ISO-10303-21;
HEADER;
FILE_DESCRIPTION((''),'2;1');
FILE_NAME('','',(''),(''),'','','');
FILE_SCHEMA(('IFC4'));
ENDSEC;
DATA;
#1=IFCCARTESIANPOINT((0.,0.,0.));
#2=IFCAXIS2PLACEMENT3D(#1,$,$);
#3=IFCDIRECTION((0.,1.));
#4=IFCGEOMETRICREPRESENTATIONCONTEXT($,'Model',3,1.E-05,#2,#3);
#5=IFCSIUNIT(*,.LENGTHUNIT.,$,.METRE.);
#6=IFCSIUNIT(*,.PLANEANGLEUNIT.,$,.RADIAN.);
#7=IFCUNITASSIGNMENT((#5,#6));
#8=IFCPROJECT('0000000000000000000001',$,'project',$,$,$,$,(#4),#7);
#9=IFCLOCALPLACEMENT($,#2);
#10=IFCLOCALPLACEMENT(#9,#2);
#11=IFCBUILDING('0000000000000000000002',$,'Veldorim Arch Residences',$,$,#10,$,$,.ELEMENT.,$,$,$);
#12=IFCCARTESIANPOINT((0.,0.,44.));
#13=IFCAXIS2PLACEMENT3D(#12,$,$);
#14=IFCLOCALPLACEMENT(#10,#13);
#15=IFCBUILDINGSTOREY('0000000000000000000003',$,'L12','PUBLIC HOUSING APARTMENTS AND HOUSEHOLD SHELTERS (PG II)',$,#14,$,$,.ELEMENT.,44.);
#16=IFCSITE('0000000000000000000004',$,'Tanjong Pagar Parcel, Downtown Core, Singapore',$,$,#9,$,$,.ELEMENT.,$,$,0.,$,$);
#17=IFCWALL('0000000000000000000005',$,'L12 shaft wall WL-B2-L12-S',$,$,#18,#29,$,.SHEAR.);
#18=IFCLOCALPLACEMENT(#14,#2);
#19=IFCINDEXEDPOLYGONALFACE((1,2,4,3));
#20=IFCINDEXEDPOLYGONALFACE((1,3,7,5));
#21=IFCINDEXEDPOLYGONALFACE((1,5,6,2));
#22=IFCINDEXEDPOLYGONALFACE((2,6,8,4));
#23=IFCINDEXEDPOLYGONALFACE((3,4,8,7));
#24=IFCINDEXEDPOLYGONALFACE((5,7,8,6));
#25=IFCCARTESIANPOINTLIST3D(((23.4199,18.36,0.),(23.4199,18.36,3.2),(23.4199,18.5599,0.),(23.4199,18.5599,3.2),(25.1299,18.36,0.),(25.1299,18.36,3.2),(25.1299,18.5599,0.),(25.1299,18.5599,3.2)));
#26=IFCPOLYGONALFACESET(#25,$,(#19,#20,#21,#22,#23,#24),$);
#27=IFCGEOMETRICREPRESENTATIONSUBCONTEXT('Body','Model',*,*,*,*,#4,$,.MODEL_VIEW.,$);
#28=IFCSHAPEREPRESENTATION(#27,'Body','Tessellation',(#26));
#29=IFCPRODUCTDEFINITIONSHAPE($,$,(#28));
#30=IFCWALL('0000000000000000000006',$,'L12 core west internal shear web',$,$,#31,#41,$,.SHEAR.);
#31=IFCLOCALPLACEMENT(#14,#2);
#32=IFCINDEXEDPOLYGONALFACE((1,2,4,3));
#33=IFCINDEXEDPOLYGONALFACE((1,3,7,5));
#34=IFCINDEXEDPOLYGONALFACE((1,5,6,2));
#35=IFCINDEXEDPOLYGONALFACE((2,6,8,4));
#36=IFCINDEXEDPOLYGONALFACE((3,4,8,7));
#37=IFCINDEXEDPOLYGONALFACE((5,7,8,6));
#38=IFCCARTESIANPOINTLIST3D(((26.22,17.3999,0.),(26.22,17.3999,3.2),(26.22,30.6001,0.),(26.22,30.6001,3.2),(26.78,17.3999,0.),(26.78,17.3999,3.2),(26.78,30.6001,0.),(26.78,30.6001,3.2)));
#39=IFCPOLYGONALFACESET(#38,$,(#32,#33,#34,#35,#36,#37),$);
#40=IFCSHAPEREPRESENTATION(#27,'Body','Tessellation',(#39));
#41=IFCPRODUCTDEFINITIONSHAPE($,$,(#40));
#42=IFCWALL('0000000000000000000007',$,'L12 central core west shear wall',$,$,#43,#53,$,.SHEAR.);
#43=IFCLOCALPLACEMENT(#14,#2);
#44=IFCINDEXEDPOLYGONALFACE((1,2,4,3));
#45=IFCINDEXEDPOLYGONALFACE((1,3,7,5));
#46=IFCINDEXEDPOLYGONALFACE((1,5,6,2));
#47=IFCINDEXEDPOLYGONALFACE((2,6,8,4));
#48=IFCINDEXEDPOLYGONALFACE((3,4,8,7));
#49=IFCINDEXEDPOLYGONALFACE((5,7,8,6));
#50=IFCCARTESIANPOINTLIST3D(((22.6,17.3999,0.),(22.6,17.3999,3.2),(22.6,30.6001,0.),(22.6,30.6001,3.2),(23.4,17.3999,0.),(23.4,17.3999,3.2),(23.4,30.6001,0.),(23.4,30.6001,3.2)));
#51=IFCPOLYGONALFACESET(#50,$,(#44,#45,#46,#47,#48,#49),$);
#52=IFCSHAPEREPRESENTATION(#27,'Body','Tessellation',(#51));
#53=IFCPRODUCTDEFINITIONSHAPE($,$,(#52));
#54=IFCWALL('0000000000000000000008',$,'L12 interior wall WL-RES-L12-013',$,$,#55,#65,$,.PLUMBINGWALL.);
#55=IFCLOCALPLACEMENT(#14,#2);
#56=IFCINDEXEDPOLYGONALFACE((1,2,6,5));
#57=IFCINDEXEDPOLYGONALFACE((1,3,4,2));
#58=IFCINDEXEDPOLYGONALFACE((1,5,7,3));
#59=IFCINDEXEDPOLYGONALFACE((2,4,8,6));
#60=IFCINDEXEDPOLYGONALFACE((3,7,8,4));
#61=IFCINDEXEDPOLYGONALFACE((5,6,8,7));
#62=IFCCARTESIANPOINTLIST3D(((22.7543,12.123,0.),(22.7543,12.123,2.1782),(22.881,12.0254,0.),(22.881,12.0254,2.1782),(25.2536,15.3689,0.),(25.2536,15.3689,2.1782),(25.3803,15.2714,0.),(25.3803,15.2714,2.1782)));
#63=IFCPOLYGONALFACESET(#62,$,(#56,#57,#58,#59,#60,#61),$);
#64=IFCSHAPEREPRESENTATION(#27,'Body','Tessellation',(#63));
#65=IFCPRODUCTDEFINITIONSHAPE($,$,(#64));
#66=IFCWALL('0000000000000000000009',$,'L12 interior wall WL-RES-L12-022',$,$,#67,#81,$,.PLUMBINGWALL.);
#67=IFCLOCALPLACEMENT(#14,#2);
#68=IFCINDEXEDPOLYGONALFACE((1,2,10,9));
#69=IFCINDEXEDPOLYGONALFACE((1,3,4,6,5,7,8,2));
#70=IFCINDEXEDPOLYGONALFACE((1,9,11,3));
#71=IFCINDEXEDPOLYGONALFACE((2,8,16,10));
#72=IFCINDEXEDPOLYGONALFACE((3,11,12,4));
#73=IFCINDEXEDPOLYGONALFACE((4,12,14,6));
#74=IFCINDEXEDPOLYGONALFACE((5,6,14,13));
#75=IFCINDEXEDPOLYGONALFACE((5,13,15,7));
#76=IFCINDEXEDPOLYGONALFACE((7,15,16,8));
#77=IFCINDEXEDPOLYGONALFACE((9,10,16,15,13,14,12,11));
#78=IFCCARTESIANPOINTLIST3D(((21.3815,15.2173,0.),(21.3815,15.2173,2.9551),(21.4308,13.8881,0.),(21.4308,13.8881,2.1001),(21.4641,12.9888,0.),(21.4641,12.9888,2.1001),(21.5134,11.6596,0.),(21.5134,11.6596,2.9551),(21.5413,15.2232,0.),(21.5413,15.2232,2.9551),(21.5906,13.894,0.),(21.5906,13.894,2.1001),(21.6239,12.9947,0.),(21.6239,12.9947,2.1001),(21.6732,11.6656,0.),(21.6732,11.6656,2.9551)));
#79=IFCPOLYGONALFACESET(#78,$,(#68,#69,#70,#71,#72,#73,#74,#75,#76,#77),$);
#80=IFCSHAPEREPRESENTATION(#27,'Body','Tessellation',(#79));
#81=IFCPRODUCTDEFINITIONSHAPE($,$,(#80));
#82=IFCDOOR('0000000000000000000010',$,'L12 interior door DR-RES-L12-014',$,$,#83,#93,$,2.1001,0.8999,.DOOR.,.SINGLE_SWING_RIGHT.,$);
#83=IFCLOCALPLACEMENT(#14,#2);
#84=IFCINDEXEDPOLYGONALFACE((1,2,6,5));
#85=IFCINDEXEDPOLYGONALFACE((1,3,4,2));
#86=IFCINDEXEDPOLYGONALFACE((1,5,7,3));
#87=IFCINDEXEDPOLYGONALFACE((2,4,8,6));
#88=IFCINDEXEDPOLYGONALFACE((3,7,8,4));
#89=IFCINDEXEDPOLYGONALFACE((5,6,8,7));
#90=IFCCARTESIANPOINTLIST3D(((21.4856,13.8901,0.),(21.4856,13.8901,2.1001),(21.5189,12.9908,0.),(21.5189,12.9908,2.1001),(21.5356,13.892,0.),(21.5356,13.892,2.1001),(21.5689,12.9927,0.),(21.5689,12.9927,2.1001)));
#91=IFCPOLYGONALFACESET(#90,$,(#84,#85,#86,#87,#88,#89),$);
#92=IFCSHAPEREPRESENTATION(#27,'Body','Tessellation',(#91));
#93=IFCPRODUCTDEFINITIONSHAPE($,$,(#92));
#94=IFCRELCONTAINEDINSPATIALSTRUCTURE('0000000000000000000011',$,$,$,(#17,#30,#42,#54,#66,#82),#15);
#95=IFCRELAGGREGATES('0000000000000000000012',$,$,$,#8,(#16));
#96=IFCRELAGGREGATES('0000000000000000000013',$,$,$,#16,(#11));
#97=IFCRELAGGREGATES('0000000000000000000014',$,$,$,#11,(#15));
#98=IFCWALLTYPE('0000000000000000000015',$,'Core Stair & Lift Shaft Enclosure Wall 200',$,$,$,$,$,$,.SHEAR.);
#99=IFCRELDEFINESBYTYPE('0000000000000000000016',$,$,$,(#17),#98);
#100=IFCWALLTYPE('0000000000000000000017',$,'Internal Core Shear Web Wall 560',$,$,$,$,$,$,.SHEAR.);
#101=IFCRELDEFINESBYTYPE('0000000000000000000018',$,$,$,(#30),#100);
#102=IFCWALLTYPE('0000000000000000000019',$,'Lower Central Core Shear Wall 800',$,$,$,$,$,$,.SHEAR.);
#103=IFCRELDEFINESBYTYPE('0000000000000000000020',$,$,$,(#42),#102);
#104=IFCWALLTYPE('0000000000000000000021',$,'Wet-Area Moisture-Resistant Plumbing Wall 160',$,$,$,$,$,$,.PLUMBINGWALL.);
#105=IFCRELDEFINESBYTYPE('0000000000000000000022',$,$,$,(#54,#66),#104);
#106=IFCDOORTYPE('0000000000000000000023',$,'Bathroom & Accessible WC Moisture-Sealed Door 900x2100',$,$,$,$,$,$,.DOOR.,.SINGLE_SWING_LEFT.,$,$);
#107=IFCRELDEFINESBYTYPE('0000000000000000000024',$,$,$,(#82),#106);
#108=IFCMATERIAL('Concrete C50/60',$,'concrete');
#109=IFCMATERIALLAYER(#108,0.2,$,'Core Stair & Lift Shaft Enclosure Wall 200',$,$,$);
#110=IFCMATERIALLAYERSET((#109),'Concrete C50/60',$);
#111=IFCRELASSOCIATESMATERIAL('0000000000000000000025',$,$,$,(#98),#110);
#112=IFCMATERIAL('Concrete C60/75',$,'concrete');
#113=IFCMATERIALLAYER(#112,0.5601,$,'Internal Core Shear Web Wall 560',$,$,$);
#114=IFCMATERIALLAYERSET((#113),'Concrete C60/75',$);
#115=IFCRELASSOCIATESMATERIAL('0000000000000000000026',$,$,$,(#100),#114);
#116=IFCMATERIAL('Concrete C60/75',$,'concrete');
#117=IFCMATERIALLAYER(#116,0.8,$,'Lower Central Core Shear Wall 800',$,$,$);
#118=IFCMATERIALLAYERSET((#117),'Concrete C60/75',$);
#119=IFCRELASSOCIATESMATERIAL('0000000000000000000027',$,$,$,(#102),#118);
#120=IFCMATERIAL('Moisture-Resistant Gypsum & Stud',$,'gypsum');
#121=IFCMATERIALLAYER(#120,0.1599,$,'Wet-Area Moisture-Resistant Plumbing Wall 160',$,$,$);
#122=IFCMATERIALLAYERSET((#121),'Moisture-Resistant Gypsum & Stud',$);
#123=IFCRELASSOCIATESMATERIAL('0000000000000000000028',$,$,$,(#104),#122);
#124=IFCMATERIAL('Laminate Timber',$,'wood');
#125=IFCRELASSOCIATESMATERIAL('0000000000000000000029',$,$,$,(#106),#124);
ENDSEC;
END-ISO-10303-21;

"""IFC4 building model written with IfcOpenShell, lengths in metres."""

from ifc_helpers import new_model, si_unit, direction, frame, frame_2d, origin, place, context, subcontext, project, spatial, rectangle, extrude, material, layer, layer_set, type_object, element, fill, save


model = new_model("IFC4")

# Units and contexts
model_context = context("Model", 3, precision=1e-05, world=origin(), true_north=direction((0.0, 1.0)))
body_context = subcontext(model_context, "Body", "Model", "MODEL_VIEW")
ifc_project = project(units=[si_unit("LENGTHUNIT", "METRE"), si_unit("PLANEANGLEUNIT", "RADIAN")], contexts=[model_context])

# Site, building, storey
site_placement = place(None, origin())
site = spatial("IfcSite", under=ifc_project, at=site_placement, Name="Tanjong Pagar Parcel, Downtown Core, Singapore", CompositionType="ELEMENT", RefElevation=0.0)
building_placement = place(site_placement, origin())
building = spatial("IfcBuilding", under=site, at=building_placement, Name="Veldorim Arch Residences", CompositionType="ELEMENT")
storey_placement = place(building_placement, frame((0.0, 0.0, 44.0)))
storey = spatial("IfcBuildingStorey", under=building, at=storey_placement, Name="L12", Description="PUBLIC HOUSING APARTMENTS AND HOUSEHOLD SHELTERS (PG II)", CompositionType="ELEMENT", Elevation=44.0)

# Walls
ifc_material_1 = material(Name="Concrete C50/60", Category="concrete")
ifc_layer_1 = layer(ifc_material_1, 0.2, Name="Core Stair & Lift Shaft Enclosure Wall 200")
ifc_layer_set_1 = layer_set([ifc_layer_1], Name="Concrete C50/60")
wall_type_1 = type_object("IfcWallType", Name="Core Stair & Lift Shaft Enclosure Wall 200", PredefinedType="SHEAR", material=ifc_layer_set_1)
wall_1_placement = place(storey_placement, frame((23.4199, 18.46, 0.0), z_axis=(0.0, 0.0, 1.0), x_axis=(1.0, 0.0, 0.0)))
element("IfcWall", 1, at=wall_1_placement, inside=storey, type_object=wall_type_1, Name="L12 shaft wall WL-B2-L12-S", PredefinedType="SHEAR", context=body_context, shape_type="SweptSolid", body=[
    extrude(rectangle(XDim=1.71, YDim=0.2, at=frame_2d((0.855, 0.0))), origin(), (0.0, 0.0, 1.0), 3.2),
])
ifc_material_2 = material(Name="Concrete C60/75", Category="concrete")
ifc_layer_2 = layer(ifc_material_2, 0.5601, Name="Internal Core Shear Web Wall 560")
ifc_layer_set_2 = layer_set([ifc_layer_2], Name="Concrete C60/75")
wall_type_2 = type_object("IfcWallType", Name="Internal Core Shear Web Wall 560", PredefinedType="SHEAR", material=ifc_layer_set_2)
wall_2_placement = place(storey_placement, frame((26.5, 17.3999, 0.0), z_axis=(0.0, 0.0, 1.0), x_axis=(0.0, 1.0, 0.0)))
element("IfcWall", 2, at=wall_2_placement, inside=storey, type_object=wall_type_2, Name="L12 core west internal shear web", PredefinedType="SHEAR", context=body_context, shape_type="SweptSolid", body=[
    extrude(rectangle(XDim=13.2002, YDim=0.5601, at=frame_2d((6.6001, 0.0))), origin(), (0.0, 0.0, 1.0), 3.2),
])

# Shared definitions
ifc_material_3 = material(Name="Concrete C60/75", Category="concrete")
ifc_layer_3 = layer(ifc_material_3, 0.8, Name="Lower Central Core Shear Wall 800")
ifc_layer_set_3 = layer_set([ifc_layer_3], Name="Concrete C60/75")
wall_type_3 = type_object("IfcWallType", Name="Lower Central Core Shear Wall 800", PredefinedType="SHEAR", material=ifc_layer_set_3)

# Walls
wall_3_placement = place(storey_placement, frame((23.0, 17.3999, 0.0), z_axis=(0.0, 0.0, 1.0), x_axis=(0.0, 1.0, 0.0)))
element("IfcWall", 3, at=wall_3_placement, inside=storey, type_object=wall_type_3, Name="L12 central core west shear wall", PredefinedType="SHEAR", context=body_context, shape_type="SweptSolid", body=[
    extrude(rectangle(XDim=13.2002, YDim=0.8, at=frame_2d((6.6001, 0.0))), origin(), (0.0, 0.0, 1.0), 3.2),
])
ifc_material_4 = material(Name="Moisture-Resistant Gypsum & Stud", Category="gypsum")
ifc_layer_4 = layer(ifc_material_4, 0.1599, Name="Wet-Area Moisture-Resistant Plumbing Wall 160")
ifc_layer_set_4 = layer_set([ifc_layer_4], Name="Moisture-Resistant Gypsum & Stud")
wall_type_4 = type_object("IfcWallType", Name="Wet-Area Moisture-Resistant Plumbing Wall 160", PredefinedType="PLUMBINGWALL", material=ifc_layer_set_4)
wall_4_placement = place(storey_placement, frame((22.8176, 12.0742, 0.0), z_axis=(0.0, 0.0, 1.0), x_axis=(0.610088, 0.792334, 0.0)))
element("IfcWall", 4, at=wall_4_placement, inside=storey, type_object=wall_type_4, Name="L12 interior wall WL-RES-L12-013", PredefinedType="PLUMBINGWALL", context=body_context, shape_type="SweptSolid", body=[
    extrude(rectangle(XDim=4.0967, YDim=0.1599, at=frame_2d((2.0483, 0.0))), origin(), (0.0, 0.0, 1.0), 2.1782),
])

# Wall, opening, door
wall_5_placement = place(storey_placement, frame((21.4614, 15.2202, 0.0), z_axis=(0.0, 0.0, 1.0), x_axis=(0.037032, -0.999314, 0.0)))
wall_5 = element("IfcWall", 5, at=wall_5_placement, inside=storey, type_object=wall_type_4, Name="L12 interior wall WL-RES-L12-022", PredefinedType="PLUMBINGWALL", context=body_context, shape_type="SweptSolid", body=[
    extrude(rectangle(XDim=3.5601, YDim=0.1599, at=frame_2d((1.78, 0.0))), origin(), (0.0, 0.0, 1.0), 2.9551),
])
opening_1_placement = place(wall_5_placement, frame((1.3301, 0.0, 0.0)))
opening_1 = element("IfcOpeningElement", 6, at=opening_1_placement, cuts=wall_5, PredefinedType="OPENING", context=body_context, shape_type="SweptSolid", body=[
    extrude(rectangle(XDim=0.8999, YDim=2.1001, at=frame_2d((0.45, 1.05))), frame((0.0, 0.0898, 0.0), z_axis=(0.0, -1.0, 0.0), x_axis=(1.0, 0.0, 0.0)), (0.0, 0.0, 1.0), 0.1799),
])
ifc_material_5 = material(Name="Laminate Timber", Category="wood")
door_type_1 = type_object("IfcDoorType", Name="Bathroom & Accessible WC Moisture-Sealed Door 900x2100", OperationType="SINGLE_SWING_LEFT", PredefinedType="DOOR", material=ifc_material_5)
door_1_placement = place(opening_1_placement, origin())
door_1 = element("IfcDoor", 7, at=door_1_placement, inside=storey, type_object=door_type_1, Name="L12 interior door DR-RES-L12-014", OperationType="SINGLE_SWING_RIGHT", OverallHeight=2.1001, OverallWidth=0.8999, PredefinedType="DOOR", context=body_context, shape_type="SweptSolid", body=[
    extrude(rectangle(XDim=0.8999, YDim=2.1001, at=frame_2d((0.45, 1.05))), frame((0.0, 0.0249, 0.0), z_axis=(0.0, -1.0, 0.0), x_axis=(1.0, 0.0, 0.0)), (0.0, 0.0, 1.0), 0.05),
])
fill(opening_1, door_1)

save(model, "model.ifc")
